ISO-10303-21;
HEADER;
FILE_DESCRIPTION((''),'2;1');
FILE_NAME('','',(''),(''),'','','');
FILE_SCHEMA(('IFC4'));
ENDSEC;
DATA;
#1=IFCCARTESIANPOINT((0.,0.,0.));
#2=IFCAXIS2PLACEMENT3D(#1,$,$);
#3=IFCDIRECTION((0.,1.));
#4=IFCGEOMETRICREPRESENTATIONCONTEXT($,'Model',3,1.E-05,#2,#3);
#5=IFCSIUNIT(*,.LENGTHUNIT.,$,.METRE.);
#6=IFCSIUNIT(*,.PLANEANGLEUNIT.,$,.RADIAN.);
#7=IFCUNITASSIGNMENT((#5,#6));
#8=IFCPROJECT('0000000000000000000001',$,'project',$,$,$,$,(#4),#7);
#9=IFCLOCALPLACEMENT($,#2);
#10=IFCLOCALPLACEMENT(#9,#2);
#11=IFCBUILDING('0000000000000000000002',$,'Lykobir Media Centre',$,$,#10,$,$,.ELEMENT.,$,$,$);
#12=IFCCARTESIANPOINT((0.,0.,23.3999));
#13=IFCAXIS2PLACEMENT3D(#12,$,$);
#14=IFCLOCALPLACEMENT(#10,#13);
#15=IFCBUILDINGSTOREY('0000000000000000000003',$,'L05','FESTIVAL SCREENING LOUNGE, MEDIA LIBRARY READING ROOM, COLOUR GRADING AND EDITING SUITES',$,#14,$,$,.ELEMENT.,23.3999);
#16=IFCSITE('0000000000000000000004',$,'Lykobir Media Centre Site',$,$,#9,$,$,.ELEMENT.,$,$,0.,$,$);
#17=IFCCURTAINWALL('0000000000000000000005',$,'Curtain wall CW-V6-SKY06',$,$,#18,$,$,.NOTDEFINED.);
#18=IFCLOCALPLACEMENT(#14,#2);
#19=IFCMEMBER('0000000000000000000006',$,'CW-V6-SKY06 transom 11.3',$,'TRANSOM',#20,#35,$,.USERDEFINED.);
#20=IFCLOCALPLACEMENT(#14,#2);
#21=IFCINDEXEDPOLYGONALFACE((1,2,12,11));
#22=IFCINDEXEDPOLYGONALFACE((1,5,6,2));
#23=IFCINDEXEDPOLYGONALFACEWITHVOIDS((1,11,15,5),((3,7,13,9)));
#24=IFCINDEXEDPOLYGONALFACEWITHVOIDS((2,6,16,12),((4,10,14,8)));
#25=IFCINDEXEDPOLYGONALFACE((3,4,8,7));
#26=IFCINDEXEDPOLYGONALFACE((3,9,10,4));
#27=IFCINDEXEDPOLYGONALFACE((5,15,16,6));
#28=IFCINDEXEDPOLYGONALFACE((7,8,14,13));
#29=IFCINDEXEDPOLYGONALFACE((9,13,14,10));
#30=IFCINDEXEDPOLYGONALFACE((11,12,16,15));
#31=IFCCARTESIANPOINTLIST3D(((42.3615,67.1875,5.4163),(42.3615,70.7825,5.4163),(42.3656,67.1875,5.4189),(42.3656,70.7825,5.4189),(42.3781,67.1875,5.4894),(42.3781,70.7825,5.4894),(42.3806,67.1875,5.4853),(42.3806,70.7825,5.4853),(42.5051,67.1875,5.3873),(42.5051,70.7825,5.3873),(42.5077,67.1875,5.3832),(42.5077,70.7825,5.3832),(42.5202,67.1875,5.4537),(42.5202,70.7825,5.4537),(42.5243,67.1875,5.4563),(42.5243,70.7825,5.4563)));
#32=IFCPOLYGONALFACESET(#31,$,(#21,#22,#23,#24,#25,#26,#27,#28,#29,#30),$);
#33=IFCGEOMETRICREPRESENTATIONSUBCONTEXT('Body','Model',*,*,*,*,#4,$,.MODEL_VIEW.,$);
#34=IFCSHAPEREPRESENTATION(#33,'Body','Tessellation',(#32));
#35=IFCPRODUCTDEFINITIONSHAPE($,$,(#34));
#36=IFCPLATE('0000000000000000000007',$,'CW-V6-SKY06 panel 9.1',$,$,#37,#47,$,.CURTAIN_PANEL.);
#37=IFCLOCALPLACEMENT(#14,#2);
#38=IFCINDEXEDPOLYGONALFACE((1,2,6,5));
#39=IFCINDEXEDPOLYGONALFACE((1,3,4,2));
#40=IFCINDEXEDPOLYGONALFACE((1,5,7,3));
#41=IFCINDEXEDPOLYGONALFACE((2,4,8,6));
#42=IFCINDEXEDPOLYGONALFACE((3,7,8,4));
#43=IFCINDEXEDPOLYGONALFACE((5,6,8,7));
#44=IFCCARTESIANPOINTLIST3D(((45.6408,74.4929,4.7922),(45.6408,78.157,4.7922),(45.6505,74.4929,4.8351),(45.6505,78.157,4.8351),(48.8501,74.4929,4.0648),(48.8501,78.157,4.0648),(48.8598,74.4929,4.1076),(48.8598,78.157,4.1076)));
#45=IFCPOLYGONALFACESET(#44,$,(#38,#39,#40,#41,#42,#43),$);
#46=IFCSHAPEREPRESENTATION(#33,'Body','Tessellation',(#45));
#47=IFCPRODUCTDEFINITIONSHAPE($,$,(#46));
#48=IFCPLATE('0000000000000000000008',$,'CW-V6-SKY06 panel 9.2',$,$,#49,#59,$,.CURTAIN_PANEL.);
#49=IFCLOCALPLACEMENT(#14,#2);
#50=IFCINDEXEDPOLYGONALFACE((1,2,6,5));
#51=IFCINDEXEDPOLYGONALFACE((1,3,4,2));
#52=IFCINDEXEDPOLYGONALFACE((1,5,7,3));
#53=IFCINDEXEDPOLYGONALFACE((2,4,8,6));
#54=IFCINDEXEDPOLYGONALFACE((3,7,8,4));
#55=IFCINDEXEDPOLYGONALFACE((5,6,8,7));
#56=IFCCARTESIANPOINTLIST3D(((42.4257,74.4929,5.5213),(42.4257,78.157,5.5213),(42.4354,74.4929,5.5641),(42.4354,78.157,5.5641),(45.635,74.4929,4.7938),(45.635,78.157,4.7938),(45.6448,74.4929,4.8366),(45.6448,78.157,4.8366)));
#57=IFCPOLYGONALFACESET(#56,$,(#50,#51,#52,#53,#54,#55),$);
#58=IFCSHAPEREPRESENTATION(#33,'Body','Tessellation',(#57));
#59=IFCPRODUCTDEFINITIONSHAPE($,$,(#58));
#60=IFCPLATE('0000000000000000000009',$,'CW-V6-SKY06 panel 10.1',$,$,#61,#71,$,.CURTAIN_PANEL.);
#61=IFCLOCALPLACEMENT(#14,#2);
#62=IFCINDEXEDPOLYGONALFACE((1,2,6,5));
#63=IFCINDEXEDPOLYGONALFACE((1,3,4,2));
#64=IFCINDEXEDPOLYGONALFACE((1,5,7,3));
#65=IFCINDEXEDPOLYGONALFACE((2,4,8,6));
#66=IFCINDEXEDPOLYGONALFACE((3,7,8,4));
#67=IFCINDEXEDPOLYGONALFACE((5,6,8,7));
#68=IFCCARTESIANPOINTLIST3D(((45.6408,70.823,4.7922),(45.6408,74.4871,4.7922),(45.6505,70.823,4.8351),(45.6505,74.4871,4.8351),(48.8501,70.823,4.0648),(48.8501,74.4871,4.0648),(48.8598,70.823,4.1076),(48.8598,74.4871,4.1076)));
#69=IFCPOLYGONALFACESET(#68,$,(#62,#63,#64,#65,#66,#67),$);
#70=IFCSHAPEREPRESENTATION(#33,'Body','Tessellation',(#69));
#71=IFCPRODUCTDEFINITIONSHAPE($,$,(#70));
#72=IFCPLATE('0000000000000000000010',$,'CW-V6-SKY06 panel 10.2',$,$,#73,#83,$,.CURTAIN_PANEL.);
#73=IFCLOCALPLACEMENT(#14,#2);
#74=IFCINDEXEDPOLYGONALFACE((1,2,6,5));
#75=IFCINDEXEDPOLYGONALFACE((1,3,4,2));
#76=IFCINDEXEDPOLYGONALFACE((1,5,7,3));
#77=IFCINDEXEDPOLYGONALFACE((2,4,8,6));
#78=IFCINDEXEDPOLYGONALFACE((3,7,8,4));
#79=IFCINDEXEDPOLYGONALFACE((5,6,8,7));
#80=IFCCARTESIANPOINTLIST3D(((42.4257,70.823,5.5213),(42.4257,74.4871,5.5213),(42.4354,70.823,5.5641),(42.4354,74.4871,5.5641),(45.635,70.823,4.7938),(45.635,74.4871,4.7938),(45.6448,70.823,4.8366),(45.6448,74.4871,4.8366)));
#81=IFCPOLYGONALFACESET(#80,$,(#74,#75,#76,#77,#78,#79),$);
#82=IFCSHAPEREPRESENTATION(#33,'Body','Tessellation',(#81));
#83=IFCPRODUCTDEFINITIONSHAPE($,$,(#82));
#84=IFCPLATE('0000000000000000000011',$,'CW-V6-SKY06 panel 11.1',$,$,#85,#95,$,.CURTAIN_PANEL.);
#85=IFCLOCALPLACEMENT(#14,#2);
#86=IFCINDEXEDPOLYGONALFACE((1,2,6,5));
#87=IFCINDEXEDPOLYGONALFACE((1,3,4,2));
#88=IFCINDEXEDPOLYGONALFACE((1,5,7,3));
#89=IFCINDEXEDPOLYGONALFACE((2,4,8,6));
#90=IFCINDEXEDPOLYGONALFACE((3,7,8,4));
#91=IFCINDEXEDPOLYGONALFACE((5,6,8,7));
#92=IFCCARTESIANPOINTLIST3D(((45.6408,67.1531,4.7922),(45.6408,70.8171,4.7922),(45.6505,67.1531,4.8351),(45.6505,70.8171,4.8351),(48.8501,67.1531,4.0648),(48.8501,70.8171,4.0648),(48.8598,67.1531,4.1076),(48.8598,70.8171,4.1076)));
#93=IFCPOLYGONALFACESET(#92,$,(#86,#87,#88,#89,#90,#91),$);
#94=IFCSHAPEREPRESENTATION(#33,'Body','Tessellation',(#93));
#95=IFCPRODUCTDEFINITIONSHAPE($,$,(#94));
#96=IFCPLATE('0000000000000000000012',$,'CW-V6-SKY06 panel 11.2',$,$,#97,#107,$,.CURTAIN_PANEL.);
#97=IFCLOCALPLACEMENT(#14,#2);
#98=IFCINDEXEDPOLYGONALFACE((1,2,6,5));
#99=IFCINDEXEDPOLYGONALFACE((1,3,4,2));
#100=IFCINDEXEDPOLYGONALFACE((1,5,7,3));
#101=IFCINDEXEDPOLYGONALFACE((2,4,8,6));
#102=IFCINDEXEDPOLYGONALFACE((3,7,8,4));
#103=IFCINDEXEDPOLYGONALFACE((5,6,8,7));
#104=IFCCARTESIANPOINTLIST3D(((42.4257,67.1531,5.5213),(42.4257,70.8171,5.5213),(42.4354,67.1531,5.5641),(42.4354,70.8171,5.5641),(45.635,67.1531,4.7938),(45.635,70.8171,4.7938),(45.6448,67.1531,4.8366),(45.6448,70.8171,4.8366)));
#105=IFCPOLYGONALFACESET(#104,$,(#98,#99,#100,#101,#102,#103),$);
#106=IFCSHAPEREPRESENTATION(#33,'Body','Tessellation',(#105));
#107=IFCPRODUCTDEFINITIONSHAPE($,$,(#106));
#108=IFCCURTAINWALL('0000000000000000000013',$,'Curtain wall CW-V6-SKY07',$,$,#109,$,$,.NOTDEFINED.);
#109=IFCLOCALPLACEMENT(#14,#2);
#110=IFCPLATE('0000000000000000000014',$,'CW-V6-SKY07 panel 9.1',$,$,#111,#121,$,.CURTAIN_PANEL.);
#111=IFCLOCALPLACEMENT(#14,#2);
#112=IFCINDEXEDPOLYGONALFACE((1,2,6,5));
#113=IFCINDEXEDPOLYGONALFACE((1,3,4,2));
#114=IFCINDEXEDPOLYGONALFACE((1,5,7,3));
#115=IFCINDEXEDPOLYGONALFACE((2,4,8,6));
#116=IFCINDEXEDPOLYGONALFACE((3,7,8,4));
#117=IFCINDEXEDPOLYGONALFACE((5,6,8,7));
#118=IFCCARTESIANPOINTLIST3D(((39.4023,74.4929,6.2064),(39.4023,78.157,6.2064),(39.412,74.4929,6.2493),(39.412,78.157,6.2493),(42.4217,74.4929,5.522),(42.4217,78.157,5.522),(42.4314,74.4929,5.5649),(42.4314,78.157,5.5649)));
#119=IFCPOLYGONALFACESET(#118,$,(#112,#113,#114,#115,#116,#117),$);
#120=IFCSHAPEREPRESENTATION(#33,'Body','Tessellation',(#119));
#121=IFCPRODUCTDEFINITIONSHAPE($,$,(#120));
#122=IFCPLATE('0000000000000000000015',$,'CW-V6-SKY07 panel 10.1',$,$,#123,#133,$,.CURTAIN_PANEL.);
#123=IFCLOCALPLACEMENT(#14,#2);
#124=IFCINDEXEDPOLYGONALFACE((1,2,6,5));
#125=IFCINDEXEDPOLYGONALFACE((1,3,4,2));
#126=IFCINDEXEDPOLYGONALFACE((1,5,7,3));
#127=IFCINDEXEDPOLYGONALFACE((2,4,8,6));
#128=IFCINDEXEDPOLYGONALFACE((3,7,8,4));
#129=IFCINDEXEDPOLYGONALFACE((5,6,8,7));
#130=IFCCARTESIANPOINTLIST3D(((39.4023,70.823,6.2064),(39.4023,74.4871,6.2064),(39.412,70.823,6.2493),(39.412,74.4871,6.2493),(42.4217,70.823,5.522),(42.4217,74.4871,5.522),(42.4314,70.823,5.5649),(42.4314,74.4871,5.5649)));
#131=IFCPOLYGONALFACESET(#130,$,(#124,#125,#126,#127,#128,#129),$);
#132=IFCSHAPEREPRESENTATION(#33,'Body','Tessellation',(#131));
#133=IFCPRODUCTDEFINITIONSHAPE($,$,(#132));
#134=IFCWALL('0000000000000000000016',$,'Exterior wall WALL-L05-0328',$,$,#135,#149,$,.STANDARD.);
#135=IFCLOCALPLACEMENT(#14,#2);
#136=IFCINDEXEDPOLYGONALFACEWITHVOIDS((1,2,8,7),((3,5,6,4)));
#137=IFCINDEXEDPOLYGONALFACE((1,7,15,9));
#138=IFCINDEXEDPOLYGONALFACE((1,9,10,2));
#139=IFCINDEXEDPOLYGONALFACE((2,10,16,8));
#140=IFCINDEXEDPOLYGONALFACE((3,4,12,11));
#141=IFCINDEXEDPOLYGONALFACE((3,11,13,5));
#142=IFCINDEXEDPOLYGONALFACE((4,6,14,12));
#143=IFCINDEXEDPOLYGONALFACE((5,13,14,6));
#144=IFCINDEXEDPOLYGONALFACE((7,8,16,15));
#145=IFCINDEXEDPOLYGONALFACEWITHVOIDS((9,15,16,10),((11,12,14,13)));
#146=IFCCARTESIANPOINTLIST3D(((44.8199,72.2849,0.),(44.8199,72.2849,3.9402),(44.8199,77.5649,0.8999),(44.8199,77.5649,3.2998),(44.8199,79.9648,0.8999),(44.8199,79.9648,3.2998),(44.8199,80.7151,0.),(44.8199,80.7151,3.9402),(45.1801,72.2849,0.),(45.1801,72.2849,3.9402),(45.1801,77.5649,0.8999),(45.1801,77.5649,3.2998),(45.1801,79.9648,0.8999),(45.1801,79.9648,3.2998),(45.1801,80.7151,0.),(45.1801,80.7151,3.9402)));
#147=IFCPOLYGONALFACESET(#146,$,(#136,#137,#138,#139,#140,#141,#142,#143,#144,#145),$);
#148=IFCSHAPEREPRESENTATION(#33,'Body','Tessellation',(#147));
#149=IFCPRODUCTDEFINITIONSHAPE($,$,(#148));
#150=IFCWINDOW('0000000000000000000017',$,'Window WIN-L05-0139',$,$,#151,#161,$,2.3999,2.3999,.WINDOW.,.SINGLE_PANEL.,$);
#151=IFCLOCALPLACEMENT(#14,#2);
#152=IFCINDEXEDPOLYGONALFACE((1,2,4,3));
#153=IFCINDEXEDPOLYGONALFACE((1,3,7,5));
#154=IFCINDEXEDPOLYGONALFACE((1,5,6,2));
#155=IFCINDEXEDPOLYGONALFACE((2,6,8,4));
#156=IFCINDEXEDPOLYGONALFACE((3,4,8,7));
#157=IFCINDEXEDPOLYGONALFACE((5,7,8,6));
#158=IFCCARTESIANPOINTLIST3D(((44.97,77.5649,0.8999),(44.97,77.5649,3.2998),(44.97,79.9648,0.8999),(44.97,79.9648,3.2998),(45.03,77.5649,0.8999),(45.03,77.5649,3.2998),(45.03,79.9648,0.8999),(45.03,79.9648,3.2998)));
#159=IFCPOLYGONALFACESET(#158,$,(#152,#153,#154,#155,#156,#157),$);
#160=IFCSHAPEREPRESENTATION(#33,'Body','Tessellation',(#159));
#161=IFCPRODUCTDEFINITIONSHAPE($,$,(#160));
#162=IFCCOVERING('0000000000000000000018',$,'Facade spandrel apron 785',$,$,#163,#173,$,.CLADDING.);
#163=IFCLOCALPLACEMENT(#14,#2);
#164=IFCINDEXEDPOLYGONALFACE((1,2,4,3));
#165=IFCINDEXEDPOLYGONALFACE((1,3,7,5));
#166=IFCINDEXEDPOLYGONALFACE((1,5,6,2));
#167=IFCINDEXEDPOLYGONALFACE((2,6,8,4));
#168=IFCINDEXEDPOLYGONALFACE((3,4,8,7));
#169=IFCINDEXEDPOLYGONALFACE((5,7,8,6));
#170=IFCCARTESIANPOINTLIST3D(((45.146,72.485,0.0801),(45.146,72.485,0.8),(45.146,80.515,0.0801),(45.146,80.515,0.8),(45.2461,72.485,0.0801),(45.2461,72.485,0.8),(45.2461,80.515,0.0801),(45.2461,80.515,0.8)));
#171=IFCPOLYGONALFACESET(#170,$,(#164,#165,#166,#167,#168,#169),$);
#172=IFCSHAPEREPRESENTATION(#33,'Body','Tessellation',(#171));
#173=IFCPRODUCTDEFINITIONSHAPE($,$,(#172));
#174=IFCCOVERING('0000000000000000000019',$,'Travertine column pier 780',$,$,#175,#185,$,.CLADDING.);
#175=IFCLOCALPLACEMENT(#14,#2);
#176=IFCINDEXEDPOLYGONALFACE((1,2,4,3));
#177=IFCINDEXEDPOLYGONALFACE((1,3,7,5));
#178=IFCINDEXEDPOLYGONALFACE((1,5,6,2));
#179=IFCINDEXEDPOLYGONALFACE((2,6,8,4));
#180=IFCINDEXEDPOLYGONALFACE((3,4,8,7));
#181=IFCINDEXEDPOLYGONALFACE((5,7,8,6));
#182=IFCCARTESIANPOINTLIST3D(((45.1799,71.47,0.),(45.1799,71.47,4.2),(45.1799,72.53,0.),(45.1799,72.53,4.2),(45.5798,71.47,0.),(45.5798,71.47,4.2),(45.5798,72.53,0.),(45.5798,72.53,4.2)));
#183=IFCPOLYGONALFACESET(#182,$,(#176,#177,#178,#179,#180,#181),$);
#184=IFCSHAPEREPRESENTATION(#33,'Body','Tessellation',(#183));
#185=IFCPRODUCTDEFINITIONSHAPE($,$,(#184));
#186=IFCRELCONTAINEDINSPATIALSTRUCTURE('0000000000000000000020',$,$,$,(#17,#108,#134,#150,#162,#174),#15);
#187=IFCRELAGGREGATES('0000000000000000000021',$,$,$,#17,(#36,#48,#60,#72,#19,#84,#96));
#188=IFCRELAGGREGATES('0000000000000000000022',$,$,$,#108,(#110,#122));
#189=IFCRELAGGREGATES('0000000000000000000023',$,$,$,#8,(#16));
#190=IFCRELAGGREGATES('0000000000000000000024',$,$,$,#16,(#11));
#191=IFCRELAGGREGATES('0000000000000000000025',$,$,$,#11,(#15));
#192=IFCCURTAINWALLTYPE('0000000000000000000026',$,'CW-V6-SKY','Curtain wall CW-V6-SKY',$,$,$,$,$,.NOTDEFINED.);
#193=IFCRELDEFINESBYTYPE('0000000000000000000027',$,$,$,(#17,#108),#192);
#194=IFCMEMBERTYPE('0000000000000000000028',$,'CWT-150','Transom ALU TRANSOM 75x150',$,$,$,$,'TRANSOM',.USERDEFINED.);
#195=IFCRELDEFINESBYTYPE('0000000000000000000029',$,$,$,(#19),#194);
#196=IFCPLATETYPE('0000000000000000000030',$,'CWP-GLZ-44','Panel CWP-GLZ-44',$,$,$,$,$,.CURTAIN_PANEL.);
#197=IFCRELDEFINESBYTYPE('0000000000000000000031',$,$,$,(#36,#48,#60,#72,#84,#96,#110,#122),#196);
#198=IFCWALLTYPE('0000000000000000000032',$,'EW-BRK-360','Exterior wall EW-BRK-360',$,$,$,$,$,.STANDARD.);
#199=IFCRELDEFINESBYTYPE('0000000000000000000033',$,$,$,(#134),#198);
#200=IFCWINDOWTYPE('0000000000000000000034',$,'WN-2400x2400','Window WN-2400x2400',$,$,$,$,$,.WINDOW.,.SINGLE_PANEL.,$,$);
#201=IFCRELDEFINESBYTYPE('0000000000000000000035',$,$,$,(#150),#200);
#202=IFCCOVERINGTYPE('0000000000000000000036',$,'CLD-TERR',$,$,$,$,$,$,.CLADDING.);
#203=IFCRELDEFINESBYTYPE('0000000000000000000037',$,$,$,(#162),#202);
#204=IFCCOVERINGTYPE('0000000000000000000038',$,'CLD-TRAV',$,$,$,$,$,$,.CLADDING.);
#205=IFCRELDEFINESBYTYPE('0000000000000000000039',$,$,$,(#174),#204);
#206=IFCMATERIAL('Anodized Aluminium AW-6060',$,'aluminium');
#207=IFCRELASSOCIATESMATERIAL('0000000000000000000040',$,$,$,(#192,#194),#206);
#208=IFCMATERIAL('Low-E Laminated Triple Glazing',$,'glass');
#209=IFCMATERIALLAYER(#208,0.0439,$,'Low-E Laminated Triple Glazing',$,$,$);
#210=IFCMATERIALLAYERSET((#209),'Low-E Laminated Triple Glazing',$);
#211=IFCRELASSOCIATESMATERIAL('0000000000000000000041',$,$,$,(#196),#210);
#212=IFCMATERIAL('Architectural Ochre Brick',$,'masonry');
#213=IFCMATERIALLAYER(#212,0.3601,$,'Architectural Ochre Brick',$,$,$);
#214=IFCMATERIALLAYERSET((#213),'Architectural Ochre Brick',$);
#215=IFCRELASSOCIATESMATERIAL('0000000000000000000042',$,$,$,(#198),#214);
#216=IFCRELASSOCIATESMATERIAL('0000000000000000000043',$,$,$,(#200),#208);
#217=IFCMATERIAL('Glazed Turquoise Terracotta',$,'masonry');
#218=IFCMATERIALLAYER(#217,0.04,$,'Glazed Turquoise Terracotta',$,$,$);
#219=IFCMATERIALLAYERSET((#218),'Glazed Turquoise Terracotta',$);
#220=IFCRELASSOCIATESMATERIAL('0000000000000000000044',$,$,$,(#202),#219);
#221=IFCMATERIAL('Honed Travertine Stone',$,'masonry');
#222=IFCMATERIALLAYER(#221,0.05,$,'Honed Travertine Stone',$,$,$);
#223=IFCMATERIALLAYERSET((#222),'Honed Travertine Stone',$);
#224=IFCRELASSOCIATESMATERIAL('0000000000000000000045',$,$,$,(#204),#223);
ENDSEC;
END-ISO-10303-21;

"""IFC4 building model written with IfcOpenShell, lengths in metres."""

from ifc_helpers import new_model, si_unit, direction, frame, frame_2d, origin, origin_2d, place, context, subcontext, project, spatial, rectangle, hollow_rectangle, extrude, material, layer, layer_set, material_profile, profile_set, type_object, element, fill, aggregate, save


model = new_model("IFC4")

# Units and contexts
model_context = context("Model", 3, precision=1e-05, world=origin(), true_north=direction((0.0, 1.0)))
body_context = subcontext(model_context, "Body", "Model", "MODEL_VIEW")
ifc_project = project(units=[si_unit("LENGTHUNIT", "METRE"), si_unit("PLANEANGLEUNIT", "RADIAN")], contexts=[model_context])

# Site, building, storey
site_placement = place(None, origin())
site = spatial("IfcSite", under=ifc_project, at=site_placement, Name="Lykobir Media Centre Site", CompositionType="ELEMENT", RefElevation=0.0)
building_placement = place(site_placement, origin())
building = spatial("IfcBuilding", under=site, at=building_placement, Name="Lykobir Media Centre", CompositionType="ELEMENT")
storey_placement = place(building_placement, frame((0.0, 0.0, 23.3999)))
storey = spatial("IfcBuildingStorey", under=building, at=storey_placement, Name="L05", Description="FESTIVAL SCREENING LOUNGE, MEDIA LIBRARY READING ROOM, COLOUR GRADING AND EDITING SUITES", CompositionType="ELEMENT", Elevation=23.3999)

# Curtain wall, member, plates
ifc_material_1 = material(Name="Anodized Aluminium AW-6060", Category="aluminium")
curtain_wall_type = type_object("IfcCurtainWallType", Name="CW-V6-SKY", Description="Curtain wall CW-V6-SKY", PredefinedType="NOTDEFINED", material=ifc_material_1)
curtain_wall_1_placement = place(storey_placement, origin())
curtain_wall_1 = element("IfcCurtainWall", 1, at=curtain_wall_1_placement, inside=storey, type_object=curtain_wall_type, Name="Curtain wall CW-V6-SKY06", PredefinedType="NOTDEFINED")
ifc_material_profile_1 = material_profile(ifc_material_1, hollow_rectangle(XDim=0.075, YDim=0.1499, WallThickness=0.0034, at=origin_2d()), Name="ALU TRANSOM 75x150")
ifc_profile_set_1 = profile_set([ifc_material_profile_1], Name="Anodized Aluminium AW-6060")
member_type = type_object("IfcMemberType", Name="CWT-150", Description="Transom ALU TRANSOM 75x150", ElementType="TRANSOM", PredefinedType="USERDEFINED", material=ifc_profile_set_1)
member_1_placement = place(storey_placement, frame((42.4429, 70.7825, 5.4363), z_axis=(0.0, -1.0, 0.0), x_axis=(0.221072, 0.0, 0.975258)))
member_1 = element("IfcMember", 2, at=member_1_placement, type_object=member_type, Name="CW-V6-SKY06 transom 11.3", ObjectType="TRANSOM", PredefinedType="USERDEFINED", context=body_context, shape_type="SweptSolid", body=[
    extrude(hollow_rectangle(XDim=0.075, YDim=0.1499, WallThickness=0.0034, at=origin_2d()), origin(), (0.0, 0.0, 1.0), 3.595),
])
ifc_material_2 = material(Name="Low-E Laminated Triple Glazing", Category="glass")
ifc_layer_1 = layer(ifc_material_2, 0.0439, Name="Low-E Laminated Triple Glazing")
ifc_layer_set_1 = layer_set([ifc_layer_1], Name="Low-E Laminated Triple Glazing")
plate_type = type_object("IfcPlateType", Name="CWP-GLZ-44", Description="Panel CWP-GLZ-44", PredefinedType="CURTAIN_PANEL", material=ifc_layer_set_1)
plate_1_placement = place(storey_placement, frame((48.855, 76.325, 4.0862), z_axis=(-0.975258, 0.0, 0.221072), x_axis=(0.0, -1.0, 0.0)))
plate_1 = element("IfcPlate", 3, at=plate_1_placement, type_object=plate_type, Name="CW-V6-SKY06 panel 9.1", PredefinedType="CURTAIN_PANEL", context=body_context, shape_type="SweptSolid", body=[
    extrude(rectangle(XDim=3.6641, YDim=0.0439, at=origin_2d()), origin(), (0.0, 0.0, 1.0), 3.2908),
])
plate_2_placement = place(storey_placement, frame((45.6399, 76.325, 4.8152), z_axis=(-0.975258, 0.0, 0.221072), x_axis=(0.0, -1.0, 0.0)))
plate_2 = element("IfcPlate", 4, at=plate_2_placement, type_object=plate_type, Name="CW-V6-SKY06 panel 9.2", PredefinedType="CURTAIN_PANEL", context=body_context, shape_type="SweptSolid", body=[
    extrude(rectangle(XDim=3.6641, YDim=0.0439, at=origin_2d()), origin(), (0.0, 0.0, 1.0), 3.2908),
])
plate_3_placement = place(storey_placement, frame((48.855, 72.655, 4.0862), z_axis=(-0.975258, 0.0, 0.221072), x_axis=(0.0, -1.0, 0.0)))
plate_3 = element("IfcPlate", 5, at=plate_3_placement, type_object=plate_type, Name="CW-V6-SKY06 panel 10.1", PredefinedType="CURTAIN_PANEL", context=body_context, shape_type="SweptSolid", body=[
    extrude(rectangle(XDim=3.6641, YDim=0.0439, at=origin_2d()), origin(), (0.0, 0.0, 1.0), 3.2908),
])
plate_4_placement = place(storey_placement, frame((45.6399, 72.655, 4.8152), z_axis=(-0.975258, 0.0, 0.221072), x_axis=(0.0, -1.0, 0.0)))
plate_4 = element("IfcPlate", 6, at=plate_4_placement, type_object=plate_type, Name="CW-V6-SKY06 panel 10.2", PredefinedType="CURTAIN_PANEL", context=body_context, shape_type="SweptSolid", body=[
    extrude(rectangle(XDim=3.6641, YDim=0.0439, at=origin_2d()), origin(), (0.0, 0.0, 1.0), 3.2908),
])
plate_5_placement = place(storey_placement, frame((48.855, 68.9851, 4.0862), z_axis=(-0.975258, 0.0, 0.221072), x_axis=(0.0, -1.0, 0.0)))
plate_5 = element("IfcPlate", 7, at=plate_5_placement, type_object=plate_type, Name="CW-V6-SKY06 panel 11.1", PredefinedType="CURTAIN_PANEL", context=body_context, shape_type="SweptSolid", body=[
    extrude(rectangle(XDim=3.6641, YDim=0.0439, at=origin_2d()), origin(), (0.0, 0.0, 1.0), 3.2908),
])
plate_6_placement = place(storey_placement, frame((45.6399, 68.9851, 4.8152), z_axis=(-0.975258, 0.0, 0.221072), x_axis=(0.0, -1.0, 0.0)))
plate_6 = element("IfcPlate", 8, at=plate_6_placement, type_object=plate_type, Name="CW-V6-SKY06 panel 11.2", PredefinedType="CURTAIN_PANEL", context=body_context, shape_type="SweptSolid", body=[
    extrude(rectangle(XDim=3.6641, YDim=0.0439, at=origin_2d()), origin(), (0.0, 0.0, 1.0), 3.2908),
])
aggregate(curtain_wall_1, [plate_1, plate_2, plate_3, plate_4, member_1, plate_5, plate_6])

# Curtain wall, plates
curtain_wall_2_placement = place(storey_placement, origin())
curtain_wall_2 = element("IfcCurtainWall", 9, at=curtain_wall_2_placement, inside=storey, type_object=curtain_wall_type, Name="Curtain wall CW-V6-SKY07", PredefinedType="NOTDEFINED")
plate_7_placement = place(storey_placement, frame((42.4265, 76.325, 5.5435), z_axis=(-0.975261, 0.0, 0.221055), x_axis=(0.0, -1.0, 0.0)))
plate_7 = element("IfcPlate", 10, at=plate_7_placement, type_object=plate_type, Name="CW-V6-SKY07 panel 9.1", PredefinedType="CURTAIN_PANEL", context=body_context, shape_type="SweptSolid", body=[
    extrude(rectangle(XDim=3.6641, YDim=0.0439, at=origin_2d()), origin(), (0.0, 0.0, 1.0), 3.0959),
])
plate_8_placement = place(storey_placement, frame((42.4265, 72.655, 5.5435), z_axis=(-0.975261, 0.0, 0.221055), x_axis=(0.0, -1.0, 0.0)))
plate_8 = element("IfcPlate", 11, at=plate_8_placement, type_object=plate_type, Name="CW-V6-SKY07 panel 10.1", PredefinedType="CURTAIN_PANEL", context=body_context, shape_type="SweptSolid", body=[
    extrude(rectangle(XDim=3.6641, YDim=0.0439, at=origin_2d()), origin(), (0.0, 0.0, 1.0), 3.0959),
])
aggregate(curtain_wall_2, [plate_7, plate_8])

# Wall, opening, window
ifc_material_3 = material(Name="Architectural Ochre Brick", Category="masonry")
ifc_layer_2 = layer(ifc_material_3, 0.3601, Name="Architectural Ochre Brick")
ifc_layer_set_2 = layer_set([ifc_layer_2], Name="Architectural Ochre Brick")
wall_type = type_object("IfcWallType", Name="EW-BRK-360", Description="Exterior wall EW-BRK-360", PredefinedType="STANDARD", material=ifc_layer_set_2)
wall_placement = place(storey_placement, frame((45.0, 72.2849, 0.0), z_axis=(0.0, 0.0, 1.0), x_axis=(0.0, 1.0, 0.0)))
wall = element("IfcWall", 12, at=wall_placement, inside=storey, type_object=wall_type, Name="Exterior wall WALL-L05-0328", PredefinedType="STANDARD", context=body_context, shape_type="SweptSolid", body=[
    extrude(rectangle(XDim=8.4302, YDim=0.3601, at=frame_2d((4.2151, 0.0))), origin(), (0.0, 0.0, 1.0), 3.9402),
])
opening_placement = place(wall_placement, frame((5.28, 0.0, 0.8999)))
opening = element("IfcOpeningElement", 13, at=opening_placement, cuts=wall, PredefinedType="OPENING", context=body_context, shape_type="SweptSolid", body=[
    extrude(rectangle(XDim=2.3999, YDim=2.3999, at=frame_2d((1.2, 1.2))), frame((0.0, 0.1899, 0.0), z_axis=(0.0, -1.0, 0.0), x_axis=(1.0, 0.0, 0.0)), (0.0, 0.0, 1.0), 0.3801),
])
window_type = type_object("IfcWindowType", Name="WN-2400x2400", Description="Window WN-2400x2400", PartitioningType="SINGLE_PANEL", PredefinedType="WINDOW", material=ifc_material_2)
window_placement = place(opening_placement, origin())
window = element("IfcWindow", 14, at=window_placement, inside=storey, type_object=window_type, Name="Window WIN-L05-0139", OverallHeight=2.3999, OverallWidth=2.3999, PartitioningType="SINGLE_PANEL", PredefinedType="WINDOW", context=body_context, shape_type="SweptSolid", body=[
    extrude(rectangle(XDim=2.3999, YDim=2.3999, at=frame_2d((1.2, 1.2))), frame((0.0, 0.03, 0.0), z_axis=(0.0, -1.0, 0.0), x_axis=(1.0, 0.0, 0.0)), (0.0, 0.0, 1.0), 0.0601),
])
fill(opening, window)

# Coverings
ifc_material_4 = material(Name="Glazed Turquoise Terracotta", Category="masonry")
ifc_layer_3 = layer(ifc_material_4, 0.04, Name="Glazed Turquoise Terracotta")
ifc_layer_set_3 = layer_set([ifc_layer_3], Name="Glazed Turquoise Terracotta")
covering_type_1 = type_object("IfcCoveringType", Name="CLD-TERR", PredefinedType="CLADDING", material=ifc_layer_set_3)
covering_1_placement = place(storey_placement, frame((45.196, 76.5, 0.0801), z_axis=(0.0, 0.0, 1.0), x_axis=(0.0, 1.0, 0.0)))
element("IfcCovering", 15, at=covering_1_placement, inside=storey, type_object=covering_type_1, Name="Facade spandrel apron 785", PredefinedType="CLADDING", context=body_context, shape_type="SweptSolid", body=[
    extrude(rectangle(XDim=8.03, YDim=0.1001, at=origin_2d()), origin(), (0.0, 0.0, 1.0), 0.72),
])
ifc_material_5 = material(Name="Honed Travertine Stone", Category="masonry")
ifc_layer_4 = layer(ifc_material_5, 0.05, Name="Honed Travertine Stone")
ifc_layer_set_4 = layer_set([ifc_layer_4], Name="Honed Travertine Stone")
covering_type_2 = type_object("IfcCoveringType", Name="CLD-TRAV", PredefinedType="CLADDING", material=ifc_layer_set_4)
covering_2_placement = place(storey_placement, frame((45.3799, 72.0, 0.0), z_axis=(0.0, 0.0, 1.0), x_axis=(0.0, 1.0, 0.0)))
element("IfcCovering", 16, at=covering_2_placement, inside=storey, type_object=covering_type_2, Name="Travertine column pier 780", PredefinedType="CLADDING", context=body_context, shape_type="SweptSolid", body=[
    extrude(rectangle(XDim=1.0601, YDim=0.3999, at=origin_2d()), origin(), (0.0, 0.0, 1.0), 4.2),
])

save(model, "model.ifc")
